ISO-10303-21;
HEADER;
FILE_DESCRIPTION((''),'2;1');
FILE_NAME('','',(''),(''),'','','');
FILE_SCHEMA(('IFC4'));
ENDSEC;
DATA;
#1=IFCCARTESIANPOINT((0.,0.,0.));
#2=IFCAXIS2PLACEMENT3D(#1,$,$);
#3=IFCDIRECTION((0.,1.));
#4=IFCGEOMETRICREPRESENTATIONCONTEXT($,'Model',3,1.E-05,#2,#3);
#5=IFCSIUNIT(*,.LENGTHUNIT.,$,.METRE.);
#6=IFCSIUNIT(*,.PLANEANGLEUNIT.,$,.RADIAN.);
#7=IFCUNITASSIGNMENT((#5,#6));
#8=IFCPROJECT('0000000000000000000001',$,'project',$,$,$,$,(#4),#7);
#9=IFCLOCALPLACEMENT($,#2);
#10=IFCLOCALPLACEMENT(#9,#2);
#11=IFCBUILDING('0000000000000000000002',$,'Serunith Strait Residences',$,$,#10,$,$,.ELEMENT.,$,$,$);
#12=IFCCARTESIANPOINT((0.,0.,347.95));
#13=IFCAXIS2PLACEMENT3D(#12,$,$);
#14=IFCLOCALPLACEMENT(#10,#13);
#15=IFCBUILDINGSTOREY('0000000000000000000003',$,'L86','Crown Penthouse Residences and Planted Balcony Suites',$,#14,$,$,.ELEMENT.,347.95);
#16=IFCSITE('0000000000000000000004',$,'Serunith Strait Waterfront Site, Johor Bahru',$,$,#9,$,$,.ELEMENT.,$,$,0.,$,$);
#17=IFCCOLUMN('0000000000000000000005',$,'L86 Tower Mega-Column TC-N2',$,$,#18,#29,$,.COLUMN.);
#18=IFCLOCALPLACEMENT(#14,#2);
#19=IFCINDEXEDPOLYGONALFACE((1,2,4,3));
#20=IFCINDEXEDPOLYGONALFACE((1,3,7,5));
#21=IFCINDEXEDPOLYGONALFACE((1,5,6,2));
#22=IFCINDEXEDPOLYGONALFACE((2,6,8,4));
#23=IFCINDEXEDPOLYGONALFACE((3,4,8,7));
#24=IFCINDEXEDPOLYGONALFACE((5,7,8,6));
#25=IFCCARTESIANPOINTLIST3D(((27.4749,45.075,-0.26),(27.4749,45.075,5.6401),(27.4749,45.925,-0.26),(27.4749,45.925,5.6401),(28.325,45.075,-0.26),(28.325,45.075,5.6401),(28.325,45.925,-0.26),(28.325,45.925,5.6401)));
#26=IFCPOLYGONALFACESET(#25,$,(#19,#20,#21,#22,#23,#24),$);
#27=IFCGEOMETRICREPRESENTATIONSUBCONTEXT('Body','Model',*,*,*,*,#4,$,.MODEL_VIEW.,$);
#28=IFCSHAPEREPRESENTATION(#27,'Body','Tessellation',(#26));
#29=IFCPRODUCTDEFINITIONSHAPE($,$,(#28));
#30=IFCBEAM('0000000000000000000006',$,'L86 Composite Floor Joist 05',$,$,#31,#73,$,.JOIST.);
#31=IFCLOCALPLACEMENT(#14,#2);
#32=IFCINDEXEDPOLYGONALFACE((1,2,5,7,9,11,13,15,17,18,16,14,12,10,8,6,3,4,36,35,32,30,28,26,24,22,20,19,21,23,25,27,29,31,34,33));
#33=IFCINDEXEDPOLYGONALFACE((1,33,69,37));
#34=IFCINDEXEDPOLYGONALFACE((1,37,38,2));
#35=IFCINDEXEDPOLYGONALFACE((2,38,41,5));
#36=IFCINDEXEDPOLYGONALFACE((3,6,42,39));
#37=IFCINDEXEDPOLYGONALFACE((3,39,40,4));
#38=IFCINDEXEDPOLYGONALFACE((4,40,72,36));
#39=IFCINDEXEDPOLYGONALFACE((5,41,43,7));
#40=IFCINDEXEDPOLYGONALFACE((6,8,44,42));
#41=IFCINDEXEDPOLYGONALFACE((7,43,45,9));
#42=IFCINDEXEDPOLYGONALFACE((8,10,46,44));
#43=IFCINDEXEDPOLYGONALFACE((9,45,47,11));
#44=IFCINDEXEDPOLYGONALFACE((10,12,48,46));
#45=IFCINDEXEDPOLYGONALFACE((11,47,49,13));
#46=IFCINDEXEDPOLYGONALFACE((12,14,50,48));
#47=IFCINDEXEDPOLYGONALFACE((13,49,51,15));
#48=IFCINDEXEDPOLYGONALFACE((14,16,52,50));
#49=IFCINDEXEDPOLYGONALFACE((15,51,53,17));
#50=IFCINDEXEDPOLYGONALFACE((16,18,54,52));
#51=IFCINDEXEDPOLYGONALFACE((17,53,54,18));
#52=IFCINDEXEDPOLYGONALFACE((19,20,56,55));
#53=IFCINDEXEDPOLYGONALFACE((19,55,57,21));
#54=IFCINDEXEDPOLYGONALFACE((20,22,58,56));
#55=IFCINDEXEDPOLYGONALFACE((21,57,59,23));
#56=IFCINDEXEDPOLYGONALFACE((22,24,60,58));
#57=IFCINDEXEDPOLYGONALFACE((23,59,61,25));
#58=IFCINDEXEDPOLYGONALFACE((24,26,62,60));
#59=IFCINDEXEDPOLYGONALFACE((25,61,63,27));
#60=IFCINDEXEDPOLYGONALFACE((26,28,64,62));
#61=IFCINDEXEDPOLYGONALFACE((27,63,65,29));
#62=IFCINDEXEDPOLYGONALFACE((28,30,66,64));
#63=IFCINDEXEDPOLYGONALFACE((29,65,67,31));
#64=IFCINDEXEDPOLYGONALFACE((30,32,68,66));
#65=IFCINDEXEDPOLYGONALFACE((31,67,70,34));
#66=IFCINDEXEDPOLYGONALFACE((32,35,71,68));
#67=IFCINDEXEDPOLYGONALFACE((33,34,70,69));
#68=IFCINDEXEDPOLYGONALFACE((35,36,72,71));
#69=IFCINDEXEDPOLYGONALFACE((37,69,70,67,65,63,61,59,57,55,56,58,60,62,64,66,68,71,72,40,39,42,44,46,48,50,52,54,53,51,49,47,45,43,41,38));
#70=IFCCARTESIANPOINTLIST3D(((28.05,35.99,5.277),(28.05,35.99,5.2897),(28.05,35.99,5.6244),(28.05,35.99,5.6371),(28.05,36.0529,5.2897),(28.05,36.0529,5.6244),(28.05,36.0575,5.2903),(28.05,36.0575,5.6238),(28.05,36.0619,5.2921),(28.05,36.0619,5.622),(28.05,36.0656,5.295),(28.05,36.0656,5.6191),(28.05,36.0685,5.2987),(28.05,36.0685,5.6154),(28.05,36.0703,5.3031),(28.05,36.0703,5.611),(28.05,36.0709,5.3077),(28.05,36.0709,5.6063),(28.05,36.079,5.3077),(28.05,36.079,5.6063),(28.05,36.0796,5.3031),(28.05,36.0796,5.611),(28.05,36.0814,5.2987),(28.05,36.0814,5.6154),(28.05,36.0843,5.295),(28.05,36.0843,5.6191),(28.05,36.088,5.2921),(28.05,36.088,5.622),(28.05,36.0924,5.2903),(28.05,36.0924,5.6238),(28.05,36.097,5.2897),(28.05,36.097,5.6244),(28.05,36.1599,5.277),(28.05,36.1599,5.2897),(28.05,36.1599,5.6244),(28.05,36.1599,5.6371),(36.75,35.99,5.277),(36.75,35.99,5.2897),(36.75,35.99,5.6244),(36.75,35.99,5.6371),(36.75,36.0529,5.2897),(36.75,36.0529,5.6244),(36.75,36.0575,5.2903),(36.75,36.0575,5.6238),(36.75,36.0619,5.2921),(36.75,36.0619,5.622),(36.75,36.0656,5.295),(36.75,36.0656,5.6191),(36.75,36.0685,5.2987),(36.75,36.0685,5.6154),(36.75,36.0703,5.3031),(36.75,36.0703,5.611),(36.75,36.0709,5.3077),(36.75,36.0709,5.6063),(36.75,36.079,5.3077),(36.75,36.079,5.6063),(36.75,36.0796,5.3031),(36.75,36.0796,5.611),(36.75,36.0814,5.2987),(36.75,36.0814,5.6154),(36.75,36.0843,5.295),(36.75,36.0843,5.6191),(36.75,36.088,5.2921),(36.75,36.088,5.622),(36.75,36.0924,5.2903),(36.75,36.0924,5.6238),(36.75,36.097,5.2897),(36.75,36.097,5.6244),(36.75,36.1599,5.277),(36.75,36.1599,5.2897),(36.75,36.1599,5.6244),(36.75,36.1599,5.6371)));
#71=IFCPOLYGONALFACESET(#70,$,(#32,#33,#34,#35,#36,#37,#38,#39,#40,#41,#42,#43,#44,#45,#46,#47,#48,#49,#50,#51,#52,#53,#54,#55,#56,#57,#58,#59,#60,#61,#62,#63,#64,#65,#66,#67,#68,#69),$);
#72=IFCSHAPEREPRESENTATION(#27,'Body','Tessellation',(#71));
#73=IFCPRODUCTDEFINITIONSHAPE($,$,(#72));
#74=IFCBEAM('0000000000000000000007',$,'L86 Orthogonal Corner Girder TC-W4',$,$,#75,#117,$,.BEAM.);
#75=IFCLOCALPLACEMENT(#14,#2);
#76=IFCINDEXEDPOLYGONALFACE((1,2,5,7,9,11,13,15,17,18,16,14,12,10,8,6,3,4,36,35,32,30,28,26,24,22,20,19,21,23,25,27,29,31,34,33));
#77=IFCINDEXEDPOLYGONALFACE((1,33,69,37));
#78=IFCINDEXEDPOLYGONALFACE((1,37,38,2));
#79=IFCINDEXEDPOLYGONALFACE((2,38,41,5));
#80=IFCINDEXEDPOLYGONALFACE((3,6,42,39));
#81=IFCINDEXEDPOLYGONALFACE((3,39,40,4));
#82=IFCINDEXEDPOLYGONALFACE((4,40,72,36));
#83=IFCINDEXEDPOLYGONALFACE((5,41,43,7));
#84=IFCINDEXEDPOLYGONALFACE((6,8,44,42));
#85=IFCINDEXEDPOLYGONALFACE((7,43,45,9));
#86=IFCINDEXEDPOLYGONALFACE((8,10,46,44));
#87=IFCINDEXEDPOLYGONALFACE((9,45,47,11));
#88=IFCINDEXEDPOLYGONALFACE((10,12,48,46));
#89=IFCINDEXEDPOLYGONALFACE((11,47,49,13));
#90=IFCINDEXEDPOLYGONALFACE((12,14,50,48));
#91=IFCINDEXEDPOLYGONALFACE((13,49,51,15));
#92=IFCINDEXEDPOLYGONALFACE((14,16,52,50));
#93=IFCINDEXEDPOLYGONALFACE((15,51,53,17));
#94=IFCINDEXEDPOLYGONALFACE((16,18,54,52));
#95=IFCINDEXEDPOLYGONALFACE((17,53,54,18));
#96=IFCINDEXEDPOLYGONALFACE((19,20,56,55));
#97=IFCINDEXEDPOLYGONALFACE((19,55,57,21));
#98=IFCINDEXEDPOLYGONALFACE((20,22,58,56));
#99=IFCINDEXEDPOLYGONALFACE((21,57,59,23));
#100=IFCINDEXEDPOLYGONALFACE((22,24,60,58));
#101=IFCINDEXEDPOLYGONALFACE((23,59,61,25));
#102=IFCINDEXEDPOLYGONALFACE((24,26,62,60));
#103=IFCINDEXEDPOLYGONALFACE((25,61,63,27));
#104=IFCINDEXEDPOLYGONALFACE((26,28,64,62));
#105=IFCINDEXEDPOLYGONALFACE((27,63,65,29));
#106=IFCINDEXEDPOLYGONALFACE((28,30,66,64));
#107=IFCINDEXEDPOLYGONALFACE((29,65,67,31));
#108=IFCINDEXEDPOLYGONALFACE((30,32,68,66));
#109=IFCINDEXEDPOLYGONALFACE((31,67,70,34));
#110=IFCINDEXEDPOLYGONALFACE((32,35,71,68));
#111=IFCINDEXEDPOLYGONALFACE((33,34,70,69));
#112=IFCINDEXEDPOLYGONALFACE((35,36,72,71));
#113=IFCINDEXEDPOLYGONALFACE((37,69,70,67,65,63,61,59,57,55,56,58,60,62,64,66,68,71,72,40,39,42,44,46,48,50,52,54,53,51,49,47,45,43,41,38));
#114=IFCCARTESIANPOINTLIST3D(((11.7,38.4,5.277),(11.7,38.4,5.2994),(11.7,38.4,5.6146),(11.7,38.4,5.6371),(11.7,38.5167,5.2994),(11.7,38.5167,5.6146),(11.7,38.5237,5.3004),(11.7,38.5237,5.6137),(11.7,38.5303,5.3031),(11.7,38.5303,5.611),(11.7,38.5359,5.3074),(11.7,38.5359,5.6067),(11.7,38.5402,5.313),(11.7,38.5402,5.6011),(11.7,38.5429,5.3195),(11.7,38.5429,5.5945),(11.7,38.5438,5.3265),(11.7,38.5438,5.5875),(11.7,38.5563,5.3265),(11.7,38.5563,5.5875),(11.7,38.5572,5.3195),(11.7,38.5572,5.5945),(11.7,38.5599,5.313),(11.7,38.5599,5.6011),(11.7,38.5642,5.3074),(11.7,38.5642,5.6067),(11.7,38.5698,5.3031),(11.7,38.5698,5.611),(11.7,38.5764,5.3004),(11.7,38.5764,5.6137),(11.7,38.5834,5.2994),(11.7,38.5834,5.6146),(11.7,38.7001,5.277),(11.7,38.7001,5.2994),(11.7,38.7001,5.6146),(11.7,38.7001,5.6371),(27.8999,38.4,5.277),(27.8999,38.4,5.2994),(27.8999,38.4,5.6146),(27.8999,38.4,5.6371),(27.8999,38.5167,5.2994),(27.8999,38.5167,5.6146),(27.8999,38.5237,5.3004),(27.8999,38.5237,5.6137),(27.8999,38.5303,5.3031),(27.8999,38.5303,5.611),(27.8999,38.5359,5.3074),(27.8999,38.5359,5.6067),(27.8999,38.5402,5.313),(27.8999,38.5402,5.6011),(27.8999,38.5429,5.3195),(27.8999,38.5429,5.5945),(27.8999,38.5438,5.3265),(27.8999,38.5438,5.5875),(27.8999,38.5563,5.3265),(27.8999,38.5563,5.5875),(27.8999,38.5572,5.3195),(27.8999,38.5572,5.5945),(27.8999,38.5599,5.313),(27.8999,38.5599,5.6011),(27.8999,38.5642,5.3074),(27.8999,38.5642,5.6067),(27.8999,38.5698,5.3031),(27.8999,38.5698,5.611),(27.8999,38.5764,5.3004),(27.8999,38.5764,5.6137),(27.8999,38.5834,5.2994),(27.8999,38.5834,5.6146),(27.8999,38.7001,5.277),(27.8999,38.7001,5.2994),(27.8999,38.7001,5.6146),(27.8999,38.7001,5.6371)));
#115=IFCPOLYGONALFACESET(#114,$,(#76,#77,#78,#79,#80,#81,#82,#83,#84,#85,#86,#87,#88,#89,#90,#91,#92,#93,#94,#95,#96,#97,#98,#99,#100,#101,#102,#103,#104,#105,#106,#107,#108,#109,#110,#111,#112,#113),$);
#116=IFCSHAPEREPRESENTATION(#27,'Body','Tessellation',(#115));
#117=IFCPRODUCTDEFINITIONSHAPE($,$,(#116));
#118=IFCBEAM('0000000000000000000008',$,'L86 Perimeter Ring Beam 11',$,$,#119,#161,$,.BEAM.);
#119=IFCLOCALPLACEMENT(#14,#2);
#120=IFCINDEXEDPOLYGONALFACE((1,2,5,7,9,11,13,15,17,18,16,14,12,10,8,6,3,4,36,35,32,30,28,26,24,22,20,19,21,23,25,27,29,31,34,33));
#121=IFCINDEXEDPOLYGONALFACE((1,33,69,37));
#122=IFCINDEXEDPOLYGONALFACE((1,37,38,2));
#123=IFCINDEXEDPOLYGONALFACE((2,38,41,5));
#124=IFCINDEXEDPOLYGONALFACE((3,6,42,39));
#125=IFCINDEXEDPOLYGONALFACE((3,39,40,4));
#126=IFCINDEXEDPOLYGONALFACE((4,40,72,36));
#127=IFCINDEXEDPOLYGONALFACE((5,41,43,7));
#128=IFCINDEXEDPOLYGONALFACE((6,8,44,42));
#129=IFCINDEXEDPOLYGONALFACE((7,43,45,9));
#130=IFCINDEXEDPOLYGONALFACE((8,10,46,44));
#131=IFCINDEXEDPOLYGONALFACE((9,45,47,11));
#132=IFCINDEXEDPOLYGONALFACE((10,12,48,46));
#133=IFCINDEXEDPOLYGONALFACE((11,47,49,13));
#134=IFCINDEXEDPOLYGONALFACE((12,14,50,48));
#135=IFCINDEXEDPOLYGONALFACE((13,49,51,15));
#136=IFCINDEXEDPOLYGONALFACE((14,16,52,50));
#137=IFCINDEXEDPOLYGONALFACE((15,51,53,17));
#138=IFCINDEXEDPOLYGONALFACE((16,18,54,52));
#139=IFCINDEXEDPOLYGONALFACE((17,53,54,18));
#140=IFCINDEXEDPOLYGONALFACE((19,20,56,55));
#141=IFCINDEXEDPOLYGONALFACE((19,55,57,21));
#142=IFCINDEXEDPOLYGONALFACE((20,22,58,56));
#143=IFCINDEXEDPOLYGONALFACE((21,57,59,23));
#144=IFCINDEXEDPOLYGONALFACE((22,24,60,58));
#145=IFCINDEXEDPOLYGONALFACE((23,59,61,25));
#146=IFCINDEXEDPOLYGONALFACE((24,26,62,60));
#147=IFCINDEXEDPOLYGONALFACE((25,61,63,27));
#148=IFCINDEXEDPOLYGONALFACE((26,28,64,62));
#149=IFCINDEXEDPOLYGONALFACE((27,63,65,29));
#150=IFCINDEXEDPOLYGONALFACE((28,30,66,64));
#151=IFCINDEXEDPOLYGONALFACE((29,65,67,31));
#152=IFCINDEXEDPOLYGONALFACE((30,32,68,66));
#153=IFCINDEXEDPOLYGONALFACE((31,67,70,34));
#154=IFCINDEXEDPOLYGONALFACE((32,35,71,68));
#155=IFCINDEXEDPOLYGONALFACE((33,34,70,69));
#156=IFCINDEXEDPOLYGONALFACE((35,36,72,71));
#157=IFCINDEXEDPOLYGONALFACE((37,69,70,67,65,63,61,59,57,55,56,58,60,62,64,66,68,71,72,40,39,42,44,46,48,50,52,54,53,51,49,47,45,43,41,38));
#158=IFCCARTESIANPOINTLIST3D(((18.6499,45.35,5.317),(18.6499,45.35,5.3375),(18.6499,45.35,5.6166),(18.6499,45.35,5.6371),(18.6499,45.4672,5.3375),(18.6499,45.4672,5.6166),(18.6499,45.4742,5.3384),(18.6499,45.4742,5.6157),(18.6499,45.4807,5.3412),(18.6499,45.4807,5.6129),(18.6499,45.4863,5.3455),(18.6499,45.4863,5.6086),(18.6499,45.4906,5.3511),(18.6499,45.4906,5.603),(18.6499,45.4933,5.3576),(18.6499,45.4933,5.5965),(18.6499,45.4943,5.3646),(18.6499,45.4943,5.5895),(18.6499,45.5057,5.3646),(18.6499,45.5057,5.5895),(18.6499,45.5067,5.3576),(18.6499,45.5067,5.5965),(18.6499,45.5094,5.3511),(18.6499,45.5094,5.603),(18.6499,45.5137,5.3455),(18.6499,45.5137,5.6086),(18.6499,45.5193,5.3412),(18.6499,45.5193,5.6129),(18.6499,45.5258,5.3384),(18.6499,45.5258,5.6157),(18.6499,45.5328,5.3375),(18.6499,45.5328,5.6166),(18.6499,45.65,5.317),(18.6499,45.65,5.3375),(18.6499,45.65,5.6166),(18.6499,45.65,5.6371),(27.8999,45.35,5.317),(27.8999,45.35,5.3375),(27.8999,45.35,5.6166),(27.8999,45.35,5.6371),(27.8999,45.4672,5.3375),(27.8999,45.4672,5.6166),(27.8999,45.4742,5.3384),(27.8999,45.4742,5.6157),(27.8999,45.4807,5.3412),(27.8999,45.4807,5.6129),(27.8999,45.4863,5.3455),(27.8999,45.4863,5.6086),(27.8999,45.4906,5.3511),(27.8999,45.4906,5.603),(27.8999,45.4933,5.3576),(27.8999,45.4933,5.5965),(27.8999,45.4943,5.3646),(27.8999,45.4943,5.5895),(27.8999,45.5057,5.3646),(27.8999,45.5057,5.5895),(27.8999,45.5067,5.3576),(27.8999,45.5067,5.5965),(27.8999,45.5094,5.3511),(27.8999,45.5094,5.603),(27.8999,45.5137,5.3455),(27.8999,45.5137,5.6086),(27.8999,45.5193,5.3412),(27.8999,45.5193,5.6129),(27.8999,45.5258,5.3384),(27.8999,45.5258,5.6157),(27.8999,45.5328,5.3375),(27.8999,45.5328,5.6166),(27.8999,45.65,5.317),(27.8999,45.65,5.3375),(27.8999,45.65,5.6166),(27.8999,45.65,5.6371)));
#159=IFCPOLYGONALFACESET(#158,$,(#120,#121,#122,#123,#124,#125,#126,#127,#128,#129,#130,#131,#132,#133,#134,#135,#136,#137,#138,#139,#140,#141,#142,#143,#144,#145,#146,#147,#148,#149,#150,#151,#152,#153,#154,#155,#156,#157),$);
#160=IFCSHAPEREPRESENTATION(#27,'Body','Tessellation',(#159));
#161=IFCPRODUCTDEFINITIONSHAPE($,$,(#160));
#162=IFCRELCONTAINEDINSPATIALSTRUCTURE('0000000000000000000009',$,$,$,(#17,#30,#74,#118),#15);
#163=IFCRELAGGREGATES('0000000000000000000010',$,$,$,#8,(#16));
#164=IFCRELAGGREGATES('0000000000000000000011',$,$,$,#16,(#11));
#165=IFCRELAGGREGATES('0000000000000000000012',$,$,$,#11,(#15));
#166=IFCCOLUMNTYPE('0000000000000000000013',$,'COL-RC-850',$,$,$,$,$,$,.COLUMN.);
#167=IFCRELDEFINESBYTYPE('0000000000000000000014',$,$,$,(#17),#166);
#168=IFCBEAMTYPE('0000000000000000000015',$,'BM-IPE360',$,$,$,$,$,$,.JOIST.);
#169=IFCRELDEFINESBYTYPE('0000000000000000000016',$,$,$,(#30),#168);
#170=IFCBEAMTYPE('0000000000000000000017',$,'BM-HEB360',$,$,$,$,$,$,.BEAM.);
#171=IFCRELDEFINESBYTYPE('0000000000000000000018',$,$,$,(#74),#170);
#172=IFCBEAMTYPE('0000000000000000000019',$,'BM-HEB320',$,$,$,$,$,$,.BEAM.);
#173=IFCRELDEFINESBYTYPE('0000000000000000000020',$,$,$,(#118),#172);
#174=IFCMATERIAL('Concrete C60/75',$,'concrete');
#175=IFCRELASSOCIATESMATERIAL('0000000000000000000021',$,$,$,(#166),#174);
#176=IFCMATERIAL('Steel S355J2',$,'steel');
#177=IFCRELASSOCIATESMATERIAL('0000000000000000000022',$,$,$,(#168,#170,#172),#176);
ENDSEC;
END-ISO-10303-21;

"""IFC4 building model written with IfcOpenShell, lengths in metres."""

from ifc_helpers import new_model, si_unit, direction, frame, origin, origin_2d, place, context, subcontext, project, spatial, rectangle, i_section, extrude, source, transform, mapped, material, material_profile, profile_set, type_object, element, save


model = new_model("IFC4")

# Units and contexts
model_context = context("Model", 3, precision=1e-05, world=origin(), true_north=direction((0.0, 1.0)))
body_context = subcontext(model_context, "Body", "Model", "MODEL_VIEW")
ifc_project = project(units=[si_unit("LENGTHUNIT", "METRE"), si_unit("PLANEANGLEUNIT", "RADIAN")], contexts=[model_context])

# Site, building, storey
site_placement = place(None, origin())
site = spatial("IfcSite", under=ifc_project, at=site_placement, Name="Serunith Strait Waterfront Site, Johor Bahru", CompositionType="ELEMENT", RefElevation=0.0)
building_placement = place(site_placement, origin())
building = spatial("IfcBuilding", under=site, at=building_placement, Name="Serunith Strait Residences", CompositionType="ELEMENT")
storey_placement = place(building_placement, frame((0.0, 0.0, 347.95)))
storey = spatial("IfcBuildingStorey", under=building, at=storey_placement, Name="L86", Description="Crown Penthouse Residences and Planted Balcony Suites", CompositionType="ELEMENT", Elevation=347.95)

# Column
ifc_material_1 = material(Name="Concrete C60/75", Category="concrete")
ifc_material_profile_1 = material_profile(ifc_material_1, rectangle(XDim=0.8501, YDim=0.8501, at=origin_2d()), Name="RC 850x850")
ifc_profile_set_1 = profile_set([ifc_material_profile_1], Name="Concrete C60/75")
column_type = type_object("IfcColumnType", Name="COL-RC-850", PredefinedType="COLUMN", material=ifc_profile_set_1)
shared_shape_1 = source(origin(), body_context, "Body", "SweptSolid", [
    extrude(rectangle(XDim=0.8501, YDim=0.8501, at=origin_2d()), origin(), (0.0, 0.0, 1.0), 5.9001),
])
column_placement = place(storey_placement, frame((27.8999, 45.5, -0.26), z_axis=(0.0, 0.0, 1.0), x_axis=(1.0, 0.0, 0.0)))
element("IfcColumn", 1, at=column_placement, inside=storey, type_object=column_type, Name="L86 Tower Mega-Column TC-N2", PredefinedType="COLUMN", context=body_context, shape_type="MappedRepresentation", body=[
    mapped(shared_shape_1, transform((0.0, 0.0, 0.0), scale=1.0)),
])

# Beams
ifc_material_2 = material(Name="Steel S355J2", Category="steel")
ifc_material_profile_2 = material_profile(ifc_material_2, i_section(OverallWidth=0.1699, OverallDepth=0.3601, WebThickness=0.0081, FlangeThickness=0.0127, FilletRadius=0.0181, at=origin_2d()), Name="IPE 360")
ifc_profile_set_2 = profile_set([ifc_material_profile_2], Name="Steel S355J2")
beam_type_1 = type_object("IfcBeamType", Name="BM-IPE360", PredefinedType="JOIST", material=ifc_profile_set_2)
shared_shape_2 = source(origin(), body_context, "Body", "SweptSolid", [
    extrude(i_section(OverallWidth=0.1699, OverallDepth=0.3601, WebThickness=0.0081, FlangeThickness=0.0127, FilletRadius=0.0181, at=origin_2d()), origin(), (0.0, 0.0, 1.0), 8.7),
])
beam_1_placement = place(storey_placement, frame((28.05, 36.075, 5.457), z_axis=(1.0, 0.0, 0.0), x_axis=(0.0, 1.0, 0.0)))
element("IfcBeam", 2, at=beam_1_placement, inside=storey, type_object=beam_type_1, Name="L86 Composite Floor Joist 05", PredefinedType="JOIST", context=body_context, shape_type="MappedRepresentation", body=[
    mapped(shared_shape_2, transform((0.0, 0.0, 0.0), scale=1.0)),
])
ifc_material_profile_3 = material_profile(ifc_material_2, i_section(OverallWidth=0.3, OverallDepth=0.3601, WebThickness=0.0125, FlangeThickness=0.0225, FilletRadius=0.0271, at=origin_2d()), Name="HEB 360")
ifc_profile_set_3 = profile_set([ifc_material_profile_3], Name="Steel S355J2")
beam_type_2 = type_object("IfcBeamType", Name="BM-HEB360", PredefinedType="BEAM", material=ifc_profile_set_3)
shared_shape_3 = source(origin(), body_context, "Body", "SweptSolid", [
    extrude(i_section(OverallWidth=0.3, OverallDepth=0.3601, WebThickness=0.0125, FlangeThickness=0.0225, FilletRadius=0.0271, at=origin_2d()), origin(), (0.0, 0.0, 1.0), 16.2),
])
beam_2_placement = place(storey_placement, frame((27.8999, 38.55, 5.457), z_axis=(-1.0, 0.0, 0.0), x_axis=(0.0, -1.0, 0.0)))
element("IfcBeam", 3, at=beam_2_placement, inside=storey, type_object=beam_type_2, Name="L86 Orthogonal Corner Girder TC-W4", PredefinedType="BEAM", context=body_context, shape_type="MappedRepresentation", body=[
    mapped(shared_shape_3, transform((0.0, 0.0, 0.0), scale=1.0)),
])
ifc_material_profile_4 = material_profile(ifc_material_2, i_section(OverallWidth=0.3, OverallDepth=0.3201, WebThickness=0.0115, FlangeThickness=0.0205, FilletRadius=0.0271, at=origin_2d()), Name="HEB 320")
ifc_profile_set_4 = profile_set([ifc_material_profile_4], Name="Steel S355J2")
beam_type_3 = type_object("IfcBeamType", Name="BM-HEB320", PredefinedType="BEAM", material=ifc_profile_set_4)
shared_shape_4 = source(origin(), body_context, "Body", "SweptSolid", [
    extrude(i_section(OverallWidth=0.3, OverallDepth=0.3201, WebThickness=0.0115, FlangeThickness=0.0205, FilletRadius=0.0271, at=origin_2d()), origin(), (0.0, 0.0, 1.0), 9.25),
])
beam_3_placement = place(storey_placement, frame((27.8999, 45.5, 5.4771), z_axis=(-1.0, 0.0, 0.0), x_axis=(0.0, -1.0, 0.0)))
element("IfcBeam", 4, at=beam_3_placement, inside=storey, type_object=beam_type_3, Name="L86 Perimeter Ring Beam 11", PredefinedType="BEAM", context=body_context, shape_type="MappedRepresentation", body=[
    mapped(shared_shape_4, transform((0.0, 0.0, 0.0), scale=1.0)),
])

save(model, "model.ifc")
